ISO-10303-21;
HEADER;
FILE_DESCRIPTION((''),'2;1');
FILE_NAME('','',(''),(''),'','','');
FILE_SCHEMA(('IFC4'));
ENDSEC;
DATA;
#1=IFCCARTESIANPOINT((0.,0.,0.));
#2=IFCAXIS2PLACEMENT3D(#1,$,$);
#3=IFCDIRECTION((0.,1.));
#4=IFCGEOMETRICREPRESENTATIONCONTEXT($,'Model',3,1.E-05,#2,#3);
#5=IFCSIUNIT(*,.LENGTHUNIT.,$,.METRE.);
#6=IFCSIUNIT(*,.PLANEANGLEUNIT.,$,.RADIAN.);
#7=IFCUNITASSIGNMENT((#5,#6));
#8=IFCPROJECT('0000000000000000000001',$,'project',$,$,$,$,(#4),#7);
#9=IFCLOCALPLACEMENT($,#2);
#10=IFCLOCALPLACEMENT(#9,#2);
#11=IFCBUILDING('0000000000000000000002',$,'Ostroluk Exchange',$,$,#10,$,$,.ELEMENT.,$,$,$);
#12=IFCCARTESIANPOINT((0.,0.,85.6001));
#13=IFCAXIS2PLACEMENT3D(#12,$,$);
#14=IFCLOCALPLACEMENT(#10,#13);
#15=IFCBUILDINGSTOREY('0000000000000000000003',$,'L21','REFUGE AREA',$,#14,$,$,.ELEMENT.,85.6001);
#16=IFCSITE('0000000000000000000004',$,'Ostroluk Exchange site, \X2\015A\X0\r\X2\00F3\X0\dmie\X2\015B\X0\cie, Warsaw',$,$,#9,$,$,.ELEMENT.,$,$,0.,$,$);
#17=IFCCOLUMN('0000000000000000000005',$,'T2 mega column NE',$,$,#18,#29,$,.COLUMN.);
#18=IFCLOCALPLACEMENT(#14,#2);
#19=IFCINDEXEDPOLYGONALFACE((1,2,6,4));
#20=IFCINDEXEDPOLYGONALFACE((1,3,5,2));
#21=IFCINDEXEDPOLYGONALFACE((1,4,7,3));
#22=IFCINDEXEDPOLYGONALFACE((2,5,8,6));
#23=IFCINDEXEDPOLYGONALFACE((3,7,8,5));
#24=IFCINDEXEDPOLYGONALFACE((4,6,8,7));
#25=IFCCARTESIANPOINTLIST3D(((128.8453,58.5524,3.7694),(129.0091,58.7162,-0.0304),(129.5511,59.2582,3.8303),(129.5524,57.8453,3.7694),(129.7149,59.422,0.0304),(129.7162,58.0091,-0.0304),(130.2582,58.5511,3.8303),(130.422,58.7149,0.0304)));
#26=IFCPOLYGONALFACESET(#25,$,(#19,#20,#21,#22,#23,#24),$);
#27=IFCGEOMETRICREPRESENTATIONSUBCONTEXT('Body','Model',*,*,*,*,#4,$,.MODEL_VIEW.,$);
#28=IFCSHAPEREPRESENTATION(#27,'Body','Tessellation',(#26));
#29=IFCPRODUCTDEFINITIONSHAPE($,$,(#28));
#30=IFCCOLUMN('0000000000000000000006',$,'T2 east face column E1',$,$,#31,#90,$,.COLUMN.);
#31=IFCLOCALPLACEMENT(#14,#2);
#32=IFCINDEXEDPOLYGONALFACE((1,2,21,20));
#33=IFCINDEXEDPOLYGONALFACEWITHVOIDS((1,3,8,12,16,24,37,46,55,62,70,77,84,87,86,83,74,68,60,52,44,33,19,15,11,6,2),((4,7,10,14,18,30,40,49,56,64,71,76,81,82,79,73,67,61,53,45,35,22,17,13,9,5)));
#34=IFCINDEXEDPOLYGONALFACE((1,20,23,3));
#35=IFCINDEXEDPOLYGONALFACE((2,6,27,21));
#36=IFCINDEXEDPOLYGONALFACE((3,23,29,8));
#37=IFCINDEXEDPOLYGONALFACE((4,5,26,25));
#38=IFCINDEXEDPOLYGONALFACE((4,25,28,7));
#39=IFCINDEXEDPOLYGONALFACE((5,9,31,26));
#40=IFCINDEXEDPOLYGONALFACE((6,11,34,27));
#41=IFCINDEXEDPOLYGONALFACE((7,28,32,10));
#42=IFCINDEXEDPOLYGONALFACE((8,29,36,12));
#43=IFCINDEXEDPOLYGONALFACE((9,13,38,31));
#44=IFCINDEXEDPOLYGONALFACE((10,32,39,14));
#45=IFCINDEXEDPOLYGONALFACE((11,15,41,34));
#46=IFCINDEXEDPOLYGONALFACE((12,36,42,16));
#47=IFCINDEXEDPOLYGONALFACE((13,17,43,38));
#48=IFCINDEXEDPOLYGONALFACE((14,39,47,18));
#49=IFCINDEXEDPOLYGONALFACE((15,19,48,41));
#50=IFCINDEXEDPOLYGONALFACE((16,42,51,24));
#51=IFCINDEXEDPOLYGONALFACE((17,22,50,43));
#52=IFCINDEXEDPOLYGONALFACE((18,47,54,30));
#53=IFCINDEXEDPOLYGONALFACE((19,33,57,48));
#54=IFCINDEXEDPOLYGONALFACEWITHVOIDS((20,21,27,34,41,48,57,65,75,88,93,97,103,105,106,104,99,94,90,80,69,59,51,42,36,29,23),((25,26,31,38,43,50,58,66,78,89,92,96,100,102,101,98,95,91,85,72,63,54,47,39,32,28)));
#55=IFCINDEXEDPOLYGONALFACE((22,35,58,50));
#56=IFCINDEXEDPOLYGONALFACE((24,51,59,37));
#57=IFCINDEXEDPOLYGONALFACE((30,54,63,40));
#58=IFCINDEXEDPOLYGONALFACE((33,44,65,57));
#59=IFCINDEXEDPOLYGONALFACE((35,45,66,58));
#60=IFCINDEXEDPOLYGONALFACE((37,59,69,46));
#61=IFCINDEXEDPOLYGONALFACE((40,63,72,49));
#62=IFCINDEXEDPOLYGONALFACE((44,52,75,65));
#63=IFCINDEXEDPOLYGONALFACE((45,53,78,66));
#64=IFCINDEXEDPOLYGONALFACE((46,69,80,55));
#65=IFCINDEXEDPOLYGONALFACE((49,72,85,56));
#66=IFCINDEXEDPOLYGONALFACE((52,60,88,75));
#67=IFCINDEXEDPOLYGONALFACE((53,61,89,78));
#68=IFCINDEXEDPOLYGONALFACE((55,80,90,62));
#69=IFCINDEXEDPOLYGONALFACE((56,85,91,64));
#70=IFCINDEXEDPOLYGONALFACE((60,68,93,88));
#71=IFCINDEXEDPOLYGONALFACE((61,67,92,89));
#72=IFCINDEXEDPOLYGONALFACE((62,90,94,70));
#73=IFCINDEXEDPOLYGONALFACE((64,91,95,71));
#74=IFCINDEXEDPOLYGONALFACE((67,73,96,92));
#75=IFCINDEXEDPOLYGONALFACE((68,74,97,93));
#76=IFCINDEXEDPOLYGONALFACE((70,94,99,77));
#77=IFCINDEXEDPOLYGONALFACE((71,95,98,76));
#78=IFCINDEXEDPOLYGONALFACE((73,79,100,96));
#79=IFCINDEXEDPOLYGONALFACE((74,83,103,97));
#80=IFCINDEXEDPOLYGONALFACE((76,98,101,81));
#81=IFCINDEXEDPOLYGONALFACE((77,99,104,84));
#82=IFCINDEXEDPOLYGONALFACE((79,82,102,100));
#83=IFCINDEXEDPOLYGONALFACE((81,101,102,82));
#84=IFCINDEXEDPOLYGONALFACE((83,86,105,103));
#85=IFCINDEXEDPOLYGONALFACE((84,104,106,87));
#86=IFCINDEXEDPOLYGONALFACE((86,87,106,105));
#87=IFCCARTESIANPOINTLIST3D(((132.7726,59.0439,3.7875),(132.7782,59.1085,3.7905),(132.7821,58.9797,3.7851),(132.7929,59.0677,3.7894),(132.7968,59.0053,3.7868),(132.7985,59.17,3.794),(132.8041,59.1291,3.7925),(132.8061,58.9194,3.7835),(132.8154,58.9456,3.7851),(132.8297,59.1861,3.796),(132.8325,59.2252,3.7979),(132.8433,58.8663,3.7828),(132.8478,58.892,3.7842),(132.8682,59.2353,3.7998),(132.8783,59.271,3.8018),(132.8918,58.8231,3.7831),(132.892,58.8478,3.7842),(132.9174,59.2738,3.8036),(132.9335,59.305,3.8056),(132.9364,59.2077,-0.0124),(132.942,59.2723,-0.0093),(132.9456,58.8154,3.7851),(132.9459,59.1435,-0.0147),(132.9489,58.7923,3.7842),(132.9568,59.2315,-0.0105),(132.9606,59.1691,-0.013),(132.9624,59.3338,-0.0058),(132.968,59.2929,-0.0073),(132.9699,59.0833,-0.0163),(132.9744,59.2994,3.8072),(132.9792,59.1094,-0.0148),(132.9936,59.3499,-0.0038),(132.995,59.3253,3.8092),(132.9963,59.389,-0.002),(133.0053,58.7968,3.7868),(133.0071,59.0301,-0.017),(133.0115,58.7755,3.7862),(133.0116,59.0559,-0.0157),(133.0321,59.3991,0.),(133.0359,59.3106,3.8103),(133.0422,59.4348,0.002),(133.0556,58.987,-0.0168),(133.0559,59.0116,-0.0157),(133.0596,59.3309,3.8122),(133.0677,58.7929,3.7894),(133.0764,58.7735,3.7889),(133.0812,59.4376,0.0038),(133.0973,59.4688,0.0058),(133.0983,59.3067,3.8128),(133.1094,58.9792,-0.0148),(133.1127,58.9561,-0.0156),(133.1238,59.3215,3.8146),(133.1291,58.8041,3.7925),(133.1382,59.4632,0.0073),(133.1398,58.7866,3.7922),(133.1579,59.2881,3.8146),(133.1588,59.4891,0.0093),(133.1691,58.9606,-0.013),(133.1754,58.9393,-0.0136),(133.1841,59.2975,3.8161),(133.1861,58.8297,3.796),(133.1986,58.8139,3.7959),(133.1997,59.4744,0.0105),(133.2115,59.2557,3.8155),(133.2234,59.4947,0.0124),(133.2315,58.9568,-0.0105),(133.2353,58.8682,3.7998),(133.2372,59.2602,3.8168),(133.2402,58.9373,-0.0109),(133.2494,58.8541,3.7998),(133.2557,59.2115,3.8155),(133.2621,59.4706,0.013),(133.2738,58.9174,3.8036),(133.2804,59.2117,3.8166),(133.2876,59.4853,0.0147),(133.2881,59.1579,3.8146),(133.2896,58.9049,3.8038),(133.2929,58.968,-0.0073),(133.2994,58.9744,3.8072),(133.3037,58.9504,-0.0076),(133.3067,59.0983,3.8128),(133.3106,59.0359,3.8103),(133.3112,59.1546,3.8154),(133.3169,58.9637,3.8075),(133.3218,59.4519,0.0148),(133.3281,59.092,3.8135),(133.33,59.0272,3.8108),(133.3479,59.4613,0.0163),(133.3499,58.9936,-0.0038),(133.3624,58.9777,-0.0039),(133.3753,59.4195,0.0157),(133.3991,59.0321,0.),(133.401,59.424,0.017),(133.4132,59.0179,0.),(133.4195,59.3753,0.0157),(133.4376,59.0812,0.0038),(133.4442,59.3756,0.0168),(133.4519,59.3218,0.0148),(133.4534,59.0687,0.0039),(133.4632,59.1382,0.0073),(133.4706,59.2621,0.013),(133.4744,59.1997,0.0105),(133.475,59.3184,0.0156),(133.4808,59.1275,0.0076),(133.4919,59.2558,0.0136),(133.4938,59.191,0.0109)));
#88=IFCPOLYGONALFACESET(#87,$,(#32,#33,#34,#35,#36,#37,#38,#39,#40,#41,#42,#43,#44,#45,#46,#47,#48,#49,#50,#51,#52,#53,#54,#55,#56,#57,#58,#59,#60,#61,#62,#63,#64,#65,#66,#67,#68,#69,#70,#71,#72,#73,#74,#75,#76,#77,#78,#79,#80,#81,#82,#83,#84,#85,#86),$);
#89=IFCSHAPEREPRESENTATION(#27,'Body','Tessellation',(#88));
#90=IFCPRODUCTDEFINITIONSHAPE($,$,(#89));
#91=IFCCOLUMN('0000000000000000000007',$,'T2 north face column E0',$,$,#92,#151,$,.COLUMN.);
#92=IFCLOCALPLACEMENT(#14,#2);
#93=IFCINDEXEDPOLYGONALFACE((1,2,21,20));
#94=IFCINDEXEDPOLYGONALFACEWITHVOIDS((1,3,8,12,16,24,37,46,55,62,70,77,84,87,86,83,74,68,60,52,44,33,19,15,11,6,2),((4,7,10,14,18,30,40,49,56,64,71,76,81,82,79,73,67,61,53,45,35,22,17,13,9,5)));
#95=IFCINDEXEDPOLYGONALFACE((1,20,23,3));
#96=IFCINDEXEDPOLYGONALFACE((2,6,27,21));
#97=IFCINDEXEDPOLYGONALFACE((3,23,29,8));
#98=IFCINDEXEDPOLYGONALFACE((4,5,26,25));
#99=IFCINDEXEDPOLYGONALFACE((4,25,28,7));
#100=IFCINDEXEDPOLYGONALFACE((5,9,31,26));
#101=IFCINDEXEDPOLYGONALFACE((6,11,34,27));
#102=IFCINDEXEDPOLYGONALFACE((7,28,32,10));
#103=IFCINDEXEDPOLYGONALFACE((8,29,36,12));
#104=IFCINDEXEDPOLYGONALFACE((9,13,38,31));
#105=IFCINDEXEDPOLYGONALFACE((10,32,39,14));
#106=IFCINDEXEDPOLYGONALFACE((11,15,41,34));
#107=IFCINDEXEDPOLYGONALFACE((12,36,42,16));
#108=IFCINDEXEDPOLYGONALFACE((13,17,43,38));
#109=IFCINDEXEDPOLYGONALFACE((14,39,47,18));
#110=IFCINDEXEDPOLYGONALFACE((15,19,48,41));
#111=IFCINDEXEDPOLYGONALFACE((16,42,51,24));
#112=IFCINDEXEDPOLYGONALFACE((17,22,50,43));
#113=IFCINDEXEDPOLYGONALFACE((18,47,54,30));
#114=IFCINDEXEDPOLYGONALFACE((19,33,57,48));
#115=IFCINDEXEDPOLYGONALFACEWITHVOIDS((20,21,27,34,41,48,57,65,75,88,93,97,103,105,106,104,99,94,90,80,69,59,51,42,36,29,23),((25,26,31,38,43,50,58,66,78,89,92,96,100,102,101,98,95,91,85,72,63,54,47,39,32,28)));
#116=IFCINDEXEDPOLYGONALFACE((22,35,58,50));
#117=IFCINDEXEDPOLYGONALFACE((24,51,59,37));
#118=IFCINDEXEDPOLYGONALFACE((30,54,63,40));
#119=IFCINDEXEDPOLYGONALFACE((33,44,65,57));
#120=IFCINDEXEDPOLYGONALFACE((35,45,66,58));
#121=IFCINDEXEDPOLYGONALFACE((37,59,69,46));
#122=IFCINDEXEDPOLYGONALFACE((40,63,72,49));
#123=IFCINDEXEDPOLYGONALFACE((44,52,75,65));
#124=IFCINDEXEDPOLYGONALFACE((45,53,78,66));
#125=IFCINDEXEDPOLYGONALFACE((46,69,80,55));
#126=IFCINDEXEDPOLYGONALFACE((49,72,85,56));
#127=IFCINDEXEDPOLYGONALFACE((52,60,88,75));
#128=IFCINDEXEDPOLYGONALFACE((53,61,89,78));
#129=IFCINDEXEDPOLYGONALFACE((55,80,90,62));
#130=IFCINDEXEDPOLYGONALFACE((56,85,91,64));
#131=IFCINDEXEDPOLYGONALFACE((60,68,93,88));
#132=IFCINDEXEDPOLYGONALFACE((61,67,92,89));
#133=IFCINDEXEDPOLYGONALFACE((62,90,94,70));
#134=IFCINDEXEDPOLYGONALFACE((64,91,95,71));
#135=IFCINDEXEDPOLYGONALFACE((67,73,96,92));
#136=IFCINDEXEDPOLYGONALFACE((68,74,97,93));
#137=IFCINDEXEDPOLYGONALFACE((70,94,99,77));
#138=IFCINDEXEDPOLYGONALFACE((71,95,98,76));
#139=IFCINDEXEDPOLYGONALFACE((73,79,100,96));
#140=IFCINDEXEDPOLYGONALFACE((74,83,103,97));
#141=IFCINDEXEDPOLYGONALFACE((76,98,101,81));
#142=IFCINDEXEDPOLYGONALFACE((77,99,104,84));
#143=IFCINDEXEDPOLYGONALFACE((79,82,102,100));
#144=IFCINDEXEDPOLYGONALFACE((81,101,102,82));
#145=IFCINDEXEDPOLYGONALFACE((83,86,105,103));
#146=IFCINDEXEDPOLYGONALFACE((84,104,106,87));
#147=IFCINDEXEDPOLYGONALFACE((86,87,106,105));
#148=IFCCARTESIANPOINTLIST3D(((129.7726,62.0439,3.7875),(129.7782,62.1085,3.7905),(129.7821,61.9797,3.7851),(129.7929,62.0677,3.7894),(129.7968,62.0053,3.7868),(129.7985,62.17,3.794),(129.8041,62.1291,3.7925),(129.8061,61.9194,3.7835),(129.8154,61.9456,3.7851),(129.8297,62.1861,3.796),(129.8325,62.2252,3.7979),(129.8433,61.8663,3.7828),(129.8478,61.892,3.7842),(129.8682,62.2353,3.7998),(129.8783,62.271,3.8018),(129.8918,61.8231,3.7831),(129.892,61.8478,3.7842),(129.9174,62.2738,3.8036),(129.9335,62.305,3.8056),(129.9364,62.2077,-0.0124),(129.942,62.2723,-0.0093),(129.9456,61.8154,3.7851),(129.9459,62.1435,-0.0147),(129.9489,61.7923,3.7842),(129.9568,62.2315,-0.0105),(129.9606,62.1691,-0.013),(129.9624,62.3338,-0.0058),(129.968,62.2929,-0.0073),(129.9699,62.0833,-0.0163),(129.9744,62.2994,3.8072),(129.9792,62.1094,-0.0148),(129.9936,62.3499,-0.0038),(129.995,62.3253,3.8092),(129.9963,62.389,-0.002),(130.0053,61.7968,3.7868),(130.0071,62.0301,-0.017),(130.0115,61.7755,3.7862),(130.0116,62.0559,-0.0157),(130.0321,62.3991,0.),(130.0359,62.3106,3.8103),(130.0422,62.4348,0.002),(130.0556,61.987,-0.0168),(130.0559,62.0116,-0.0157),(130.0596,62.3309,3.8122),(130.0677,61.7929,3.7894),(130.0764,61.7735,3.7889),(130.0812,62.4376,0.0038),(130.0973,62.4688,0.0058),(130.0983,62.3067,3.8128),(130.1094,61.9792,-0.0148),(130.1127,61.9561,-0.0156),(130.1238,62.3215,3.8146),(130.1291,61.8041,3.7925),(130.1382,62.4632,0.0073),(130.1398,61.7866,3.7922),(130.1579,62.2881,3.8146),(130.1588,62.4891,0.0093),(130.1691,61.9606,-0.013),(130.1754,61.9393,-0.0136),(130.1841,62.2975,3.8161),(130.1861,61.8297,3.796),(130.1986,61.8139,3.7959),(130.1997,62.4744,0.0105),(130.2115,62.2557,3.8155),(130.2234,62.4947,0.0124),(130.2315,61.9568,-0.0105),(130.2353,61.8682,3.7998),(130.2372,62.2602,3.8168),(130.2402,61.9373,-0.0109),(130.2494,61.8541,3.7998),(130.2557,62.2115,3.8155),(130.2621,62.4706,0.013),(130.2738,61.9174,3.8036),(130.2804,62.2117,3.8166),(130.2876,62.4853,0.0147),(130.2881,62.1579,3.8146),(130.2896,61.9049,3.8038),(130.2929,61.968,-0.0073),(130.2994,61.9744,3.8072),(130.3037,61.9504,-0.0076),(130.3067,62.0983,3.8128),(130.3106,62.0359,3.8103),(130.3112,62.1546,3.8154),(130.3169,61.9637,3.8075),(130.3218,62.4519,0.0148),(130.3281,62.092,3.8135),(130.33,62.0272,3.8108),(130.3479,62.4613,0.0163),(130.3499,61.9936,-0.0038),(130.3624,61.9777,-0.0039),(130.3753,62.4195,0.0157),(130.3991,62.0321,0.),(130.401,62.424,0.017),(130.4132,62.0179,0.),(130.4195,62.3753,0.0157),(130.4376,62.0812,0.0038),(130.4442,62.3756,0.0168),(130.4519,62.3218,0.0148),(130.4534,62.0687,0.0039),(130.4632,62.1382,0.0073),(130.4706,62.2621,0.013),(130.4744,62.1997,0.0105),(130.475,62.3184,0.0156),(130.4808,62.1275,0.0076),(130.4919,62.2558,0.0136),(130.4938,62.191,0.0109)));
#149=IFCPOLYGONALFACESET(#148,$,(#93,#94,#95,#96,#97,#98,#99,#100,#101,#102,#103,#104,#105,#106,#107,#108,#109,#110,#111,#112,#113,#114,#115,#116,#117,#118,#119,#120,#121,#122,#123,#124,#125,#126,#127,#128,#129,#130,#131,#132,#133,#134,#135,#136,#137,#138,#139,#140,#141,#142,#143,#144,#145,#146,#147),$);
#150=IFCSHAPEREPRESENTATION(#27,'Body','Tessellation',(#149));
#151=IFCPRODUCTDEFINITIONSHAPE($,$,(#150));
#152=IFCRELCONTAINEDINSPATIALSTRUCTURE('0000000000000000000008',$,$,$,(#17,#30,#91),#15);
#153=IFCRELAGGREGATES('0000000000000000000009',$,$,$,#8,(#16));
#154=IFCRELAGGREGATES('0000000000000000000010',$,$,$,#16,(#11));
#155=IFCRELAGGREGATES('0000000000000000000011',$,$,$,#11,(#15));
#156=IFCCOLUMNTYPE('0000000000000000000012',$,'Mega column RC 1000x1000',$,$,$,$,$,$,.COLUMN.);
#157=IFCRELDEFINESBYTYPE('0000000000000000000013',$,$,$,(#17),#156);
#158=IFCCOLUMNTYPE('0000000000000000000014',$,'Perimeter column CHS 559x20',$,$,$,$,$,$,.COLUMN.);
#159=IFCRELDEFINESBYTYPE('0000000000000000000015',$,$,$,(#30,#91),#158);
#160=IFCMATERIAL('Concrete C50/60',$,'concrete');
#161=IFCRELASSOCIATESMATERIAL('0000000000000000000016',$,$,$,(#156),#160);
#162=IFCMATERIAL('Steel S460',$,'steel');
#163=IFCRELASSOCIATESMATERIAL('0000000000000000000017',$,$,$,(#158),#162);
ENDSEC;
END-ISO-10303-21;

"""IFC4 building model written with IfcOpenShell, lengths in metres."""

from ifc_helpers import new_model, si_unit, direction, frame, origin, origin_2d, place, context, subcontext, project, spatial, rectangle, hollow_circle, extrude, material, material_profile, profile_set, type_object, element, save


model = new_model("IFC4")

# Units and contexts
model_context = context("Model", 3, precision=1e-05, world=origin(), true_north=direction((0.0, 1.0)))
body_context = subcontext(model_context, "Body", "Model", "MODEL_VIEW")
ifc_project = project(units=[si_unit("LENGTHUNIT", "METRE"), si_unit("PLANEANGLEUNIT", "RADIAN")], contexts=[model_context])

# Site, building, storey
site_placement = place(None, origin())
site = spatial("IfcSite", under=ifc_project, at=site_placement, Name="Ostroluk Exchange site, Śródmieście, Warsaw", CompositionType="ELEMENT", RefElevation=0.0)
building_placement = place(site_placement, origin())
building = spatial("IfcBuilding", under=site, at=building_placement, Name="Ostroluk Exchange", CompositionType="ELEMENT")
storey_placement = place(building_placement, frame((0.0, 0.0, 85.6001)))
storey = spatial("IfcBuildingStorey", under=building, at=storey_placement, Name="L21", Description="REFUGE AREA", CompositionType="ELEMENT", Elevation=85.6001)

# Columns
ifc_material_1 = material(Name="Concrete C50/60", Category="concrete")
ifc_material_profile_1 = material_profile(ifc_material_1, rectangle(XDim=1.0, YDim=1.0, at=origin_2d()), Name="RC 1000x1000")
ifc_profile_set_1 = profile_set([ifc_material_profile_1], Name="Concrete C50/60")
column_type_1 = type_object("IfcColumnType", Name="Mega column RC 1000x1000", PredefinedType="COLUMN", material=ifc_profile_set_1)
column_1_placement = place(storey_placement, frame((129.7156, 58.7156, 0.0), z_axis=(-0.043032, -0.043032, 0.998146), x_axis=(0.707107, -0.707107, 0.0)))
element("IfcColumn", 1, at=column_1_placement, inside=storey, type_object=column_type_1, Name="T2 mega column NE", PredefinedType="COLUMN", context=body_context, shape_type="SweptSolid", body=[
    extrude(rectangle(XDim=1.0, YDim=1.0, at=origin_2d()), origin(), (0.0, 0.0, 1.0), 3.8069),
])
ifc_material_2 = material(Name="Steel S460", Category="steel")
ifc_material_profile_2 = material_profile(ifc_material_2, hollow_circle(Radius=0.2795, WallThickness=0.02, at=origin_2d()), Name="CHS 559x20")
ifc_profile_set_2 = profile_set([ifc_material_profile_2], Name="Steel S460")
column_type_2 = type_object("IfcColumnType", Name="Perimeter column CHS 559x20", PredefinedType="COLUMN", material=ifc_profile_set_2)
for number, where, z_axis, x_axis, name in (
    (2, (133.2156, 59.2156, 0.0), (-0.043032, -0.043032, 0.998146), (0.707107, -0.707107, 0.0), "T2 east face column E1"),
    (3, (130.2156, 62.2156, 0.0), (-0.043032, -0.043032, 0.998146), (0.707107, -0.707107, 0.0), "T2 north face column E0"),
):
    element("IfcColumn", number, at=place(storey_placement, frame(where, z_axis=z_axis, x_axis=x_axis)), inside=storey, type_object=column_type_2, Name=name, PredefinedType="COLUMN", context=body_context, shape_type="SweptSolid", body=[
        extrude(hollow_circle(Radius=0.2795, WallThickness=0.02, at=origin_2d()), origin(), (0.0, 0.0, 1.0), 3.8069),
    ])

save(model, "model.ifc")
